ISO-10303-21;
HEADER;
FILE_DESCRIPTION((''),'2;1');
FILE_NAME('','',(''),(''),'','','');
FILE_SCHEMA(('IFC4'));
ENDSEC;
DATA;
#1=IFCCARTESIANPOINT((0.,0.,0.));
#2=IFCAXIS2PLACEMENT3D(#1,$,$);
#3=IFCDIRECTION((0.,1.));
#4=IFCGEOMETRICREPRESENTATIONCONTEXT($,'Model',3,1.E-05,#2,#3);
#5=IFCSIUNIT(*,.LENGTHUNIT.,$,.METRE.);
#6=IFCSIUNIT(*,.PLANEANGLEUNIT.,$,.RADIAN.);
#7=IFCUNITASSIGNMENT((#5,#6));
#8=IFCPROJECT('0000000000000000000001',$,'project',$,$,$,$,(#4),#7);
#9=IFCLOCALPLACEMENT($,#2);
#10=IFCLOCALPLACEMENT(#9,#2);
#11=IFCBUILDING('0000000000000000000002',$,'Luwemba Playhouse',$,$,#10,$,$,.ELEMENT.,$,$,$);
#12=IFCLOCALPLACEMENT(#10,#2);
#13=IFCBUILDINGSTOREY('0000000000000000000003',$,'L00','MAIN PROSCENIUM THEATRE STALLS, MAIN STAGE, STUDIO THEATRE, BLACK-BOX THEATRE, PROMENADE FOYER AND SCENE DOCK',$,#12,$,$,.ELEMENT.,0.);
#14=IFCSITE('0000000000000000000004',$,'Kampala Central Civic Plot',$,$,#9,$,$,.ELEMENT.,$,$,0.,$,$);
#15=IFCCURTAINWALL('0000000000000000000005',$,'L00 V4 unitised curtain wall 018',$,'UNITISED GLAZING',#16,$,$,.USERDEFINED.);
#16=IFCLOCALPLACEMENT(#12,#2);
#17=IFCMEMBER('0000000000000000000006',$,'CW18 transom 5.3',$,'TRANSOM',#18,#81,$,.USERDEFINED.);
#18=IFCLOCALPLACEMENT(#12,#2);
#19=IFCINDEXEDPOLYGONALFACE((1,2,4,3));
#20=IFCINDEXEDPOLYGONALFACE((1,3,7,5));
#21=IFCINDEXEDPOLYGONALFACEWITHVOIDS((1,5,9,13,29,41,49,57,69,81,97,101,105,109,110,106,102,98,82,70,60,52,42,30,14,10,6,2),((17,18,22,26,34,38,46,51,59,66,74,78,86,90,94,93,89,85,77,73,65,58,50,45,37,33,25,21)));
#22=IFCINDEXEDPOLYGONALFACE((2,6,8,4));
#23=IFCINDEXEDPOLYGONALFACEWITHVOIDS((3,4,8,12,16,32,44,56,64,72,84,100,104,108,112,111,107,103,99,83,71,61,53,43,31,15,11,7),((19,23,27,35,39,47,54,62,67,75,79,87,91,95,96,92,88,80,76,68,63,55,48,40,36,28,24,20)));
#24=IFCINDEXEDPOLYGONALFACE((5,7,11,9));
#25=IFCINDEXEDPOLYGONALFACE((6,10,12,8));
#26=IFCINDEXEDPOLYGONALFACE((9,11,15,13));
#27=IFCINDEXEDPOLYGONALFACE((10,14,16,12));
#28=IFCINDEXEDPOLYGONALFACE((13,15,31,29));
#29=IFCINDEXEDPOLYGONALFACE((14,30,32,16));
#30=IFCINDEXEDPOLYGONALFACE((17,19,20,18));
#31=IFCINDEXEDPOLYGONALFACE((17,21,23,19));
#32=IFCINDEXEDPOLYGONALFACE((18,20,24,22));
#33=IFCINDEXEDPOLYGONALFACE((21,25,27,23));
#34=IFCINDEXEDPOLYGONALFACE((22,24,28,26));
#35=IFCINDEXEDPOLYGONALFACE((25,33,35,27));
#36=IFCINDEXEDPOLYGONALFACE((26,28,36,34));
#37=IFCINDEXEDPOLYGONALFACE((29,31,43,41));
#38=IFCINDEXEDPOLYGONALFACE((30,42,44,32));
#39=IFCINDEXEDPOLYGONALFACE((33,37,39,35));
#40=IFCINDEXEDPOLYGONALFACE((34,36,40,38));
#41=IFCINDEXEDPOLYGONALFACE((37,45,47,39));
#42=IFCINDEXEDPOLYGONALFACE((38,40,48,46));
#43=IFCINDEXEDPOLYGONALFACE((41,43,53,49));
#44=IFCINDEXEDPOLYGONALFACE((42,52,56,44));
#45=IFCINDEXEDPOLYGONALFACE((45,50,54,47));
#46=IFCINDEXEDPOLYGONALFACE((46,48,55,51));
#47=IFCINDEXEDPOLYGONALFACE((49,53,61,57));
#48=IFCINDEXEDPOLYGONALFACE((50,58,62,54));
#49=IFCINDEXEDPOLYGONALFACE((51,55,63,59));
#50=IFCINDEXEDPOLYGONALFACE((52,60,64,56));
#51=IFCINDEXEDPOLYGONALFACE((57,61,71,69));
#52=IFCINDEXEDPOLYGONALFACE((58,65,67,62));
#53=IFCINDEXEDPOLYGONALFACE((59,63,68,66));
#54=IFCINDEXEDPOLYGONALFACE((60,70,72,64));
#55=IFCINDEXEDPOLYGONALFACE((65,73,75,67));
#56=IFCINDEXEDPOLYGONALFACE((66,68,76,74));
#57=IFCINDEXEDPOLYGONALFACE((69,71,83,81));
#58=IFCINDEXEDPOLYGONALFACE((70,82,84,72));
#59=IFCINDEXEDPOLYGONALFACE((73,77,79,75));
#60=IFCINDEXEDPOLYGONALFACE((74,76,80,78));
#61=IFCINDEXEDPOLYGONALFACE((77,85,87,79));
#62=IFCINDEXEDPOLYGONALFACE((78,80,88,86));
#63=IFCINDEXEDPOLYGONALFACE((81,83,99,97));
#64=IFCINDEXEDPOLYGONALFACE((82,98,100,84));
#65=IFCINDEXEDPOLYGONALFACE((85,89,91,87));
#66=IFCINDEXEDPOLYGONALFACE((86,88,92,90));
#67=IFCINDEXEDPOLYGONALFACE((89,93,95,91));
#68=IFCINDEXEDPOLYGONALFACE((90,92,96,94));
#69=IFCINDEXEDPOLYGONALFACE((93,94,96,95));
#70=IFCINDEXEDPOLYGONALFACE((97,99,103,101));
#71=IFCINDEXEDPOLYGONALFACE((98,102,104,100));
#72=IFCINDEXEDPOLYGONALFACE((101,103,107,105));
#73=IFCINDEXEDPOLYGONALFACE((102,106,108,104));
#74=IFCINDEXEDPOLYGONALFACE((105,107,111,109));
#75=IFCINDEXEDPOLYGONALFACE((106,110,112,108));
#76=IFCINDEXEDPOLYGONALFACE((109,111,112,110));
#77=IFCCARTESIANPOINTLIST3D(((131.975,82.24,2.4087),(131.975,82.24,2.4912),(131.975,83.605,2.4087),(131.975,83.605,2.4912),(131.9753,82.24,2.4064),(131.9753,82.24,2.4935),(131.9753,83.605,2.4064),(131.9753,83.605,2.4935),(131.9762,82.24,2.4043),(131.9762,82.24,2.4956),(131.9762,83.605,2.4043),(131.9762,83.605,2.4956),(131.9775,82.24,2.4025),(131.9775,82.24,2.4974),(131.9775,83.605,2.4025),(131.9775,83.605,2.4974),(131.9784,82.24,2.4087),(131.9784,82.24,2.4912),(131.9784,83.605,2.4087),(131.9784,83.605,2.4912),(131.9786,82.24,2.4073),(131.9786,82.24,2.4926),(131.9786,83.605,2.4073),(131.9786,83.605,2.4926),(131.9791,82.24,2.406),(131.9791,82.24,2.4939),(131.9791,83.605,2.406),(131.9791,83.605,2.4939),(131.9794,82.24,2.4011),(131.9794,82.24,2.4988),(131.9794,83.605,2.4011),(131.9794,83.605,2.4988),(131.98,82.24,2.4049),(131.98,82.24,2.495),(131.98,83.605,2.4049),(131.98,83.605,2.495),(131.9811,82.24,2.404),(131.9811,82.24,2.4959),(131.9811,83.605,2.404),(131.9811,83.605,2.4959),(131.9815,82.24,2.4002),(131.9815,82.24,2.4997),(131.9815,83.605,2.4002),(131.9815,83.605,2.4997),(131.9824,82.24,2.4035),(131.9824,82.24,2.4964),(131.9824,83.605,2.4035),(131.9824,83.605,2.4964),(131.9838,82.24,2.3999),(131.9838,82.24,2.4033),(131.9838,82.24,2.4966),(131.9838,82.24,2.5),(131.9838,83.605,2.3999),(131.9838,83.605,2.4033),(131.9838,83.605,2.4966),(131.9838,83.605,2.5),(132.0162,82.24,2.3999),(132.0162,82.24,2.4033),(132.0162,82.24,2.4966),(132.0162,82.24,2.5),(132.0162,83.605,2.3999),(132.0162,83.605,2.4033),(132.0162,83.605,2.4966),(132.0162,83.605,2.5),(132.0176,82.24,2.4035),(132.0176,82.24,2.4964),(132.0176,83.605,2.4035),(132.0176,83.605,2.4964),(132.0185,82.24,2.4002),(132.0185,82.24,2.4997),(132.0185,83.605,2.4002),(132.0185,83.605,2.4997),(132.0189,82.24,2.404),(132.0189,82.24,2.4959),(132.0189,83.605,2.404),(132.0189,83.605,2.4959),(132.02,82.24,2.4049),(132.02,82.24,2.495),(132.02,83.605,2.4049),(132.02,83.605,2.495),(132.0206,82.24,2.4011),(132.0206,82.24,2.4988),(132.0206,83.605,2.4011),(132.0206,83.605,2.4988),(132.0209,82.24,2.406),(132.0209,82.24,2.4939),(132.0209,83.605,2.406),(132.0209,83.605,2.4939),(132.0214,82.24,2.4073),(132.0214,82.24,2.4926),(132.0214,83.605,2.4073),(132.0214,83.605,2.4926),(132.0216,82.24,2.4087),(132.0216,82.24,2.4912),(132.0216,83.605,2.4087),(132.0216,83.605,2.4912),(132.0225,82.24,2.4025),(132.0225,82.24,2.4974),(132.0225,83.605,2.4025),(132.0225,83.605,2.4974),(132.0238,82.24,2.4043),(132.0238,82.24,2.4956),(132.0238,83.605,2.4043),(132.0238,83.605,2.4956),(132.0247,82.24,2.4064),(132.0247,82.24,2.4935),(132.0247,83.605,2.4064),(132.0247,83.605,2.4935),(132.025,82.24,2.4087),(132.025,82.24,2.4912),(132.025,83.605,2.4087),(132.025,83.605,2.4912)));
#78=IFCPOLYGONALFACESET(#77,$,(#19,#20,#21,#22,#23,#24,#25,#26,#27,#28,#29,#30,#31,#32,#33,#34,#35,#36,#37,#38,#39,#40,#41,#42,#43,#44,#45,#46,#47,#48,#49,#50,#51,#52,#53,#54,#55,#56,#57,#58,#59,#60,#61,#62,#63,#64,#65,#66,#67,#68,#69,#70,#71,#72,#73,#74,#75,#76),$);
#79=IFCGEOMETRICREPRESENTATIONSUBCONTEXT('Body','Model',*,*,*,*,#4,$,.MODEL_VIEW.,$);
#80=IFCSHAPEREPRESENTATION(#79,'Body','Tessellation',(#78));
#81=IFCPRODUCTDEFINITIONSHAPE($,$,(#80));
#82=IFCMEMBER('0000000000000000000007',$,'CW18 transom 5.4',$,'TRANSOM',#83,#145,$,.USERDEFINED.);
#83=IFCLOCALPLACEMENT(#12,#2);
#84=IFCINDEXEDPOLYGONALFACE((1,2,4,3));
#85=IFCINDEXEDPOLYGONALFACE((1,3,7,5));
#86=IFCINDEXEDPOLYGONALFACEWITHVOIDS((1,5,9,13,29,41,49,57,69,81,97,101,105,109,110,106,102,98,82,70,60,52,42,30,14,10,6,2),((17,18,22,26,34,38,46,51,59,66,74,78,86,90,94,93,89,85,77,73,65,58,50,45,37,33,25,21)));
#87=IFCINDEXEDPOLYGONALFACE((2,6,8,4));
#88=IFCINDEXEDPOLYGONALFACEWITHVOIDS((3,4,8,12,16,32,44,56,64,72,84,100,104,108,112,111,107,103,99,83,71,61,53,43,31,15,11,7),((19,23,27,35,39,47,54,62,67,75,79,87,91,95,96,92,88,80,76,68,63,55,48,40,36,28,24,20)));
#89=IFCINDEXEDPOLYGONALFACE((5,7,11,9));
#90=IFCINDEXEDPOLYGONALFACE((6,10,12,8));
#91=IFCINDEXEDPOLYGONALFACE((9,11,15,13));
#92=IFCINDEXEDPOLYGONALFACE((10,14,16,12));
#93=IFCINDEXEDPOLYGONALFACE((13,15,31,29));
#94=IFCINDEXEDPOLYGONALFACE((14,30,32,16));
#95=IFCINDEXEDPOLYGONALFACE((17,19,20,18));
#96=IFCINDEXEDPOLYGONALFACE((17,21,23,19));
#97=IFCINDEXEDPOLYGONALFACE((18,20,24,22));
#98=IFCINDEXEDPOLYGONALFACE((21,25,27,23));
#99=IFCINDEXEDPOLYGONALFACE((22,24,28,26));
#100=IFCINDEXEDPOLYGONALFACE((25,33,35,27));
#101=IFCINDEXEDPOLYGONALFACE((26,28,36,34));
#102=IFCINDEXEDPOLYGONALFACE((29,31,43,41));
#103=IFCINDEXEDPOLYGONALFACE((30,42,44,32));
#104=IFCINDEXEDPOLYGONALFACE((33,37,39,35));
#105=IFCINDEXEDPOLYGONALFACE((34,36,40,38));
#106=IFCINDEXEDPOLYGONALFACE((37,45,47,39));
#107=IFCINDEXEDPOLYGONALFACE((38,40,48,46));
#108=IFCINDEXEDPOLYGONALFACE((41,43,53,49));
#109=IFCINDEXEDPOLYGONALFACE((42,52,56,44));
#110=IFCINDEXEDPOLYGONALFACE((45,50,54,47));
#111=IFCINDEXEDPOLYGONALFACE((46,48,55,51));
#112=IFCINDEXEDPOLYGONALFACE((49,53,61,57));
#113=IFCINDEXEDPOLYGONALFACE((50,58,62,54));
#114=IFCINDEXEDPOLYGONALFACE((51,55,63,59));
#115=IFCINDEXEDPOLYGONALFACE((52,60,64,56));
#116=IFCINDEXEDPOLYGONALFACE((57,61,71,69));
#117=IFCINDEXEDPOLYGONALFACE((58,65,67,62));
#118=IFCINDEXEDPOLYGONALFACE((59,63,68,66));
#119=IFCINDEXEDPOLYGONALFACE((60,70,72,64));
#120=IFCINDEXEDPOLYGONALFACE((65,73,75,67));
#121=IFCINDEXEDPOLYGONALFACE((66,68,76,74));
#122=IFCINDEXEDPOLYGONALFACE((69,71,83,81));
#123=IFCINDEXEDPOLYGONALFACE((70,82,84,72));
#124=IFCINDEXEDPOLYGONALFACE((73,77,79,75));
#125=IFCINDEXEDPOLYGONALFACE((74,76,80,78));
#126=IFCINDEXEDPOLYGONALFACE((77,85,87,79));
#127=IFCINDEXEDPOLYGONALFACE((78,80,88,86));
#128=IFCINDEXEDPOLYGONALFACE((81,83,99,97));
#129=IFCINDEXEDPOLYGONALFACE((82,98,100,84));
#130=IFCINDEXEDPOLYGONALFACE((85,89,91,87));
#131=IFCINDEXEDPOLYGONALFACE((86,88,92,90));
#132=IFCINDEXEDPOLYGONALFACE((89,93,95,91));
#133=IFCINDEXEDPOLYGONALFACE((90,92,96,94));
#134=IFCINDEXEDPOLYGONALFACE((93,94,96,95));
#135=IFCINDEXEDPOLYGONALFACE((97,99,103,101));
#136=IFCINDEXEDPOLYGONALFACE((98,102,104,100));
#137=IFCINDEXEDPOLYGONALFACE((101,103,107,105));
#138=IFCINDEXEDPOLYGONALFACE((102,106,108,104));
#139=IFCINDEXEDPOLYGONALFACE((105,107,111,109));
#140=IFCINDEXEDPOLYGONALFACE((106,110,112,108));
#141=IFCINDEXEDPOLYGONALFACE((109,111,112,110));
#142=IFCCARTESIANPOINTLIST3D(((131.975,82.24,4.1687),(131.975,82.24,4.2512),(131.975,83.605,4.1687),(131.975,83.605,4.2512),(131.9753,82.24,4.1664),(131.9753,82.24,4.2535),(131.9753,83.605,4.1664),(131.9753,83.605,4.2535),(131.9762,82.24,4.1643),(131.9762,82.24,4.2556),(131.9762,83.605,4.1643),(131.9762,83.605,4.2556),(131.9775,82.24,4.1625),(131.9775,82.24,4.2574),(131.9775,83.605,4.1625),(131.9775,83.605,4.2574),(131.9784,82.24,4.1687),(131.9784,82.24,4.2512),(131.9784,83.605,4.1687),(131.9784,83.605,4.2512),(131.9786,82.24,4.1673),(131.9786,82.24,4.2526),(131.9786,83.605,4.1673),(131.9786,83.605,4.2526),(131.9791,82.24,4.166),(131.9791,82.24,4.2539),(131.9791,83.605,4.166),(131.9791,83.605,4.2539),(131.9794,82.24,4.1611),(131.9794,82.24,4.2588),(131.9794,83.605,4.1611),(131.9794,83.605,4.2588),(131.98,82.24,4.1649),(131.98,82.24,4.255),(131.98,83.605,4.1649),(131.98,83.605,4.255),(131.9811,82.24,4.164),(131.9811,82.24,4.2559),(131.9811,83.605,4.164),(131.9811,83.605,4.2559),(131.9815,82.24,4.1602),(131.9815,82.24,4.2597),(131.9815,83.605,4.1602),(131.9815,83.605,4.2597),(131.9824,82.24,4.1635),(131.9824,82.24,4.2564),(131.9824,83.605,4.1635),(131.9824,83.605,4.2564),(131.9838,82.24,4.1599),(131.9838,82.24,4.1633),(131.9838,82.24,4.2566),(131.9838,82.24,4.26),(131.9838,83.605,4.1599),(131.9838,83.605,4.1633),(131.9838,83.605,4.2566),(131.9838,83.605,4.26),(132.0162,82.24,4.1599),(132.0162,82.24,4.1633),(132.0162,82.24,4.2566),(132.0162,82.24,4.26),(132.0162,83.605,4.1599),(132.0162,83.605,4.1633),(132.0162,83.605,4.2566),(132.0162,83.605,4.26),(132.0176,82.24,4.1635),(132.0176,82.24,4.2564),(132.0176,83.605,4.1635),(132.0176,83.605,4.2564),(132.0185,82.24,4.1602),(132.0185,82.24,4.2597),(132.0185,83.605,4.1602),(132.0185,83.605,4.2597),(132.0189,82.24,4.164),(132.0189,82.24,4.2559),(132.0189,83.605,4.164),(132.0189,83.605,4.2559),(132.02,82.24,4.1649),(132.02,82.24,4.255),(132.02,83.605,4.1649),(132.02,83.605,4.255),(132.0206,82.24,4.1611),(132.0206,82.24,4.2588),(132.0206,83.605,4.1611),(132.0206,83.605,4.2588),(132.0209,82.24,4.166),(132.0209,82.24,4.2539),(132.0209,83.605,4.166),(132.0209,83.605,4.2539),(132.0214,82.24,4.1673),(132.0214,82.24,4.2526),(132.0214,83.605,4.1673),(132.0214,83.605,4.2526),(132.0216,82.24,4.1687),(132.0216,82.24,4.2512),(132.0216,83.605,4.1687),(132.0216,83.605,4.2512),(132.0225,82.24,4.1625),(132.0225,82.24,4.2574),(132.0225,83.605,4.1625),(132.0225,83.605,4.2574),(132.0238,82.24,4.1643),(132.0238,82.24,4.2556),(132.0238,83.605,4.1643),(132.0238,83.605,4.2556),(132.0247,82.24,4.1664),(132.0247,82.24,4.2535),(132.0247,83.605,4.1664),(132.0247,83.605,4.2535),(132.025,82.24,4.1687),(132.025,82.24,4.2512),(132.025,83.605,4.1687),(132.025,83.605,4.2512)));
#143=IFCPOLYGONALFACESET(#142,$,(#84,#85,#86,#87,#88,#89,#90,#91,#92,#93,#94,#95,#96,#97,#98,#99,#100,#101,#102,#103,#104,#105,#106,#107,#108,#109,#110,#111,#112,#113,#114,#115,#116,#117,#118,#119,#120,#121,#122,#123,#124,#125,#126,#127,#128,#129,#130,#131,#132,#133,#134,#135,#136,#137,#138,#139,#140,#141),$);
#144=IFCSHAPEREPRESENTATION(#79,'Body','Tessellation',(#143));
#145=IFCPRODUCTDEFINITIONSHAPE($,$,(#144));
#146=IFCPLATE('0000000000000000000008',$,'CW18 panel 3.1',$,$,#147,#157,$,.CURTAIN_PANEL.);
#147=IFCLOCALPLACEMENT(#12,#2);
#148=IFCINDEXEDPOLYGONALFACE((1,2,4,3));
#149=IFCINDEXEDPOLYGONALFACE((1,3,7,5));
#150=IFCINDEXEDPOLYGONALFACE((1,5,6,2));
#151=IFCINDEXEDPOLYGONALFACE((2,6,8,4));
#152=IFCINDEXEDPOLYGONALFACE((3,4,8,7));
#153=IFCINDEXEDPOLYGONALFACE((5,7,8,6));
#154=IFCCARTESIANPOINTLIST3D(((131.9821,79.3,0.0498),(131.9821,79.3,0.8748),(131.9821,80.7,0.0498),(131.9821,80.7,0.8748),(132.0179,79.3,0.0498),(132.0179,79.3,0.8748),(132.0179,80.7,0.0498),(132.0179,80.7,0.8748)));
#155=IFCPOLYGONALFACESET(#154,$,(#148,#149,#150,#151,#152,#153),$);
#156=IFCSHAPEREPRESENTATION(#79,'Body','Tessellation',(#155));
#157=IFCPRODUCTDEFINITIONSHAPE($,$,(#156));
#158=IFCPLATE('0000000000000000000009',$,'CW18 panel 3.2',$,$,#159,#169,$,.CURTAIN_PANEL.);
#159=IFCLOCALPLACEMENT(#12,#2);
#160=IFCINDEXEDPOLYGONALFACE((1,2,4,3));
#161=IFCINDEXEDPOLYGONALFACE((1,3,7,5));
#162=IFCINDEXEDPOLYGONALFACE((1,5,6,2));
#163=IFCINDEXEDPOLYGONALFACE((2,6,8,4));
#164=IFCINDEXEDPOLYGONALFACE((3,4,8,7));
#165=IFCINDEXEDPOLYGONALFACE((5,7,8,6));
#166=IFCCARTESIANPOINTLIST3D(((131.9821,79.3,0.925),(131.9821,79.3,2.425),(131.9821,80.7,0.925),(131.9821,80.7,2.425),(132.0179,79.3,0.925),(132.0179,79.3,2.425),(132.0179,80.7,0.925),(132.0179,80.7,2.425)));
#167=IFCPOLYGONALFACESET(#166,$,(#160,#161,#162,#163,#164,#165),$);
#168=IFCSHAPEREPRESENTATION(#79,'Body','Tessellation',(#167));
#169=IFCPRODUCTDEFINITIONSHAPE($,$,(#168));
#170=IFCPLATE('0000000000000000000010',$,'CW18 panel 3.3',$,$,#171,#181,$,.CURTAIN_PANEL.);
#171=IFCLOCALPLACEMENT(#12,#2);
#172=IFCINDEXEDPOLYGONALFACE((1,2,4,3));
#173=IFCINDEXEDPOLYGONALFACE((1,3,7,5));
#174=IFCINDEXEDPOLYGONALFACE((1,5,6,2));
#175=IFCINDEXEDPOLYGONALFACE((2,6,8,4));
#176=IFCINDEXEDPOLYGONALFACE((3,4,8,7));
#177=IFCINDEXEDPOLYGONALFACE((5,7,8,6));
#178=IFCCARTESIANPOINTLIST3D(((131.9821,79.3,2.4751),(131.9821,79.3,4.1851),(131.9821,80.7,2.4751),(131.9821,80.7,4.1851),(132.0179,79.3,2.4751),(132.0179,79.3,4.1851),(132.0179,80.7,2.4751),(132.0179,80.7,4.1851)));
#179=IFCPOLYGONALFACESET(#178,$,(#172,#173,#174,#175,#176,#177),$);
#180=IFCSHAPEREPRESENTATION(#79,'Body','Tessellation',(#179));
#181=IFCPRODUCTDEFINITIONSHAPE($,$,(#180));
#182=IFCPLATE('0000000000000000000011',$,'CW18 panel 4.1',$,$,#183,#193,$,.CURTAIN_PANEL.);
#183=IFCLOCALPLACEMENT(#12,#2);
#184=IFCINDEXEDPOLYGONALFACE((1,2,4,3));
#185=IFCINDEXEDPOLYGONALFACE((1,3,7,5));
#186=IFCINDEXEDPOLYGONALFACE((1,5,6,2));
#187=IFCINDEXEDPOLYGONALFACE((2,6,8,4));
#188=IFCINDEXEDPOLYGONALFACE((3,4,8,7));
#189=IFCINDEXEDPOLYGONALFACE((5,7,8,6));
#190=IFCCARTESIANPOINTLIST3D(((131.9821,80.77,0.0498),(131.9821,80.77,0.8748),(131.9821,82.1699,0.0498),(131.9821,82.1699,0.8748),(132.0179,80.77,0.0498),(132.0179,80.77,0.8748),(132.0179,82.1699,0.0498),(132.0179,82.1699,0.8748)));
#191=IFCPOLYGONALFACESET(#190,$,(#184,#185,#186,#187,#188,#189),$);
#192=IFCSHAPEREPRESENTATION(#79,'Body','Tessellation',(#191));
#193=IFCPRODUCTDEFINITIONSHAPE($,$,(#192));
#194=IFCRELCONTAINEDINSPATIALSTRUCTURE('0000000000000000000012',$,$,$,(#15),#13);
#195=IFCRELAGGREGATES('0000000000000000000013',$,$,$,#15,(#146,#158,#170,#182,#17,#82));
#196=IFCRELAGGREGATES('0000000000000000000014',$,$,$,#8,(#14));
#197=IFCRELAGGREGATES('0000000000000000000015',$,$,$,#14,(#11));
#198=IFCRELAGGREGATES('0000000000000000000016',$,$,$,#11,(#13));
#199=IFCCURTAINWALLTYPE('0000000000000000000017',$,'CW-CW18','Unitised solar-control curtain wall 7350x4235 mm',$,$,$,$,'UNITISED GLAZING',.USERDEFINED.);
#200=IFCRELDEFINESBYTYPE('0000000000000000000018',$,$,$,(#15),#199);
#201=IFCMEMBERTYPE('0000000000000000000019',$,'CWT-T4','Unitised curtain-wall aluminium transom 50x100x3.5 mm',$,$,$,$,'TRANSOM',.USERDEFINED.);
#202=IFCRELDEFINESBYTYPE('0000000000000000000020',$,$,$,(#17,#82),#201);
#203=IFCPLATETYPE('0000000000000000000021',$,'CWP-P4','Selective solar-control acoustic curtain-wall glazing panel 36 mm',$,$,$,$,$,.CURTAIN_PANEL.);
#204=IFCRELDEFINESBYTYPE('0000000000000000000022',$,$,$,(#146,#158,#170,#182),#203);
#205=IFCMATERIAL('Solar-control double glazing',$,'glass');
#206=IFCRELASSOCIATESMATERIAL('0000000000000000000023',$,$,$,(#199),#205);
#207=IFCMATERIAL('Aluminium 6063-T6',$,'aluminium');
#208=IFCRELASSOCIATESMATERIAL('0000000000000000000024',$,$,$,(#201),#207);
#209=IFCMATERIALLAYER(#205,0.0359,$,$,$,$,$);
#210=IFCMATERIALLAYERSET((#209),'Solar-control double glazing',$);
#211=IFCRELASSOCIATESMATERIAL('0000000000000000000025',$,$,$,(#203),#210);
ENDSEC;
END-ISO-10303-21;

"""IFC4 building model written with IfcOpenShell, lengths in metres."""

from ifc_helpers import new_model, si_unit, direction, frame, origin, origin_2d, place, context, subcontext, project, spatial, rectangle, hollow_rectangle, extrude, material, layer, layer_set, material_profile, profile_set, type_object, element, aggregate, save


model = new_model("IFC4")

# Units and contexts
model_context = context("Model", 3, precision=1e-05, world=origin(), true_north=direction((0.0, 1.0)))
body_context = subcontext(model_context, "Body", "Model", "MODEL_VIEW")
ifc_project = project(units=[si_unit("LENGTHUNIT", "METRE"), si_unit("PLANEANGLEUNIT", "RADIAN")], contexts=[model_context])

# Site, building, storey
site_placement = place(None, origin())
site = spatial("IfcSite", under=ifc_project, at=site_placement, Name="Kampala Central Civic Plot", CompositionType="ELEMENT", RefElevation=0.0)
building_placement = place(site_placement, origin())
building = spatial("IfcBuilding", under=site, at=building_placement, Name="Luwemba Playhouse", CompositionType="ELEMENT")
storey_placement = place(building_placement, origin())
storey = spatial("IfcBuildingStorey", under=building, at=storey_placement, Name="L00", Description="MAIN PROSCENIUM THEATRE STALLS, MAIN STAGE, STUDIO THEATRE, BLACK-BOX THEATRE, PROMENADE FOYER AND SCENE DOCK", CompositionType="ELEMENT", Elevation=0.0)

# Curtain wall, members, plates
ifc_material_1 = material(Name="Solar-control double glazing", Category="glass")
curtain_wall_type = type_object("IfcCurtainWallType", Name="CW-CW18", Description="Unitised solar-control curtain wall 7350x4235 mm", ElementType="UNITISED GLAZING", PredefinedType="USERDEFINED", material=ifc_material_1)
curtain_wall_placement = place(storey_placement, origin())
curtain_wall = element("IfcCurtainWall", 1, at=curtain_wall_placement, inside=storey, type_object=curtain_wall_type, Name="L00 V4 unitised curtain wall 018", ObjectType="UNITISED GLAZING", PredefinedType="USERDEFINED")
ifc_material_2 = material(Name="Aluminium 6063-T6", Category="aluminium")
ifc_material_profile_1 = material_profile(ifc_material_2, hollow_rectangle(XDim=0.05, YDim=0.1001, WallThickness=0.0034, InnerFilletRadius=0.0054, OuterFilletRadius=0.0088, at=origin_2d()))
ifc_profile_set_1 = profile_set([ifc_material_profile_1], Name="Aluminium 6063-T6")
member_type_1 = type_object("IfcMemberType", Name="CWT-T4", Description="Unitised curtain-wall aluminium transom 50x100x3.5 mm", ElementType="TRANSOM", PredefinedType="USERDEFINED", material=ifc_profile_set_1)
member_1_placement = place(storey_placement, frame((132.0, 82.24, 2.45), z_axis=(0.0, 1.0, 0.0), x_axis=(-1.0, 0.0, 0.0)))
member_1 = element("IfcMember", 2, at=member_1_placement, type_object=member_type_1, Name="CW18 transom 5.3", ObjectType="TRANSOM", PredefinedType="USERDEFINED", context=body_context, shape_type="SweptSolid", body=[
    extrude(hollow_rectangle(XDim=0.05, YDim=0.1001, WallThickness=0.0034, InnerFilletRadius=0.0054, OuterFilletRadius=0.0088, at=origin_2d()), origin(), (0.0, 0.0, 1.0), 1.365),
])
member_2_placement = place(storey_placement, frame((132.0, 82.24, 4.21), z_axis=(0.0, 1.0, 0.0), x_axis=(-1.0, 0.0, 0.0)))
member_2 = element("IfcMember", 3, at=member_2_placement, type_object=member_type_1, Name="CW18 transom 5.4", ObjectType="TRANSOM", PredefinedType="USERDEFINED", context=body_context, shape_type="SweptSolid", body=[
    extrude(hollow_rectangle(XDim=0.05, YDim=0.1001, WallThickness=0.0034, InnerFilletRadius=0.0054, OuterFilletRadius=0.0088, at=origin_2d()), origin(), (0.0, 0.0, 1.0), 1.365),
])
ifc_layer_1 = layer(ifc_material_1, 0.0359)
ifc_layer_set_1 = layer_set([ifc_layer_1], Name="Solar-control double glazing")
plate_type = type_object("IfcPlateType", Name="CWP-P4", Description="Selective solar-control acoustic curtain-wall glazing panel 36 mm", PredefinedType="CURTAIN_PANEL", material=ifc_layer_set_1)
plate_1_placement = place(storey_placement, frame((132.0, 80.0, 0.0498), z_axis=(0.0, 0.0, 1.0), x_axis=(0.0, 1.0, 0.0)))
plate_1 = element("IfcPlate", 4, at=plate_1_placement, type_object=plate_type, Name="CW18 panel 3.1", PredefinedType="CURTAIN_PANEL", context=body_context, shape_type="SweptSolid", body=[
    extrude(rectangle(XDim=1.3999, YDim=0.0359, at=origin_2d()), origin(), (0.0, 0.0, 1.0), 0.825),
])
plate_2_placement = place(storey_placement, frame((132.0, 80.0, 0.925), z_axis=(0.0, 0.0, 1.0), x_axis=(0.0, 1.0, 0.0)))
plate_2 = element("IfcPlate", 5, at=plate_2_placement, type_object=plate_type, Name="CW18 panel 3.2", PredefinedType="CURTAIN_PANEL", context=body_context, shape_type="SweptSolid", body=[
    extrude(rectangle(XDim=1.3999, YDim=0.0359, at=origin_2d()), origin(), (0.0, 0.0, 1.0), 1.5),
])
plate_3_placement = place(storey_placement, frame((132.0, 80.0, 2.4751), z_axis=(0.0, 0.0, 1.0), x_axis=(0.0, 1.0, 0.0)))
plate_3 = element("IfcPlate", 6, at=plate_3_placement, type_object=plate_type, Name="CW18 panel 3.3", PredefinedType="CURTAIN_PANEL", context=body_context, shape_type="SweptSolid", body=[
    extrude(rectangle(XDim=1.3999, YDim=0.0359, at=origin_2d()), origin(), (0.0, 0.0, 1.0), 1.71),
])
plate_4_placement = place(storey_placement, frame((132.0, 81.47, 0.0498), z_axis=(0.0, 0.0, 1.0), x_axis=(0.0, 1.0, 0.0)))
plate_4 = element("IfcPlate", 7, at=plate_4_placement, type_object=plate_type, Name="CW18 panel 4.1", PredefinedType="CURTAIN_PANEL", context=body_context, shape_type="SweptSolid", body=[
    extrude(rectangle(XDim=1.3999, YDim=0.0359, at=origin_2d()), origin(), (0.0, 0.0, 1.0), 0.825),
])
aggregate(curtain_wall, [plate_1, plate_2, plate_3, plate_4, member_1, member_2])

save(model, "model.ifc")
